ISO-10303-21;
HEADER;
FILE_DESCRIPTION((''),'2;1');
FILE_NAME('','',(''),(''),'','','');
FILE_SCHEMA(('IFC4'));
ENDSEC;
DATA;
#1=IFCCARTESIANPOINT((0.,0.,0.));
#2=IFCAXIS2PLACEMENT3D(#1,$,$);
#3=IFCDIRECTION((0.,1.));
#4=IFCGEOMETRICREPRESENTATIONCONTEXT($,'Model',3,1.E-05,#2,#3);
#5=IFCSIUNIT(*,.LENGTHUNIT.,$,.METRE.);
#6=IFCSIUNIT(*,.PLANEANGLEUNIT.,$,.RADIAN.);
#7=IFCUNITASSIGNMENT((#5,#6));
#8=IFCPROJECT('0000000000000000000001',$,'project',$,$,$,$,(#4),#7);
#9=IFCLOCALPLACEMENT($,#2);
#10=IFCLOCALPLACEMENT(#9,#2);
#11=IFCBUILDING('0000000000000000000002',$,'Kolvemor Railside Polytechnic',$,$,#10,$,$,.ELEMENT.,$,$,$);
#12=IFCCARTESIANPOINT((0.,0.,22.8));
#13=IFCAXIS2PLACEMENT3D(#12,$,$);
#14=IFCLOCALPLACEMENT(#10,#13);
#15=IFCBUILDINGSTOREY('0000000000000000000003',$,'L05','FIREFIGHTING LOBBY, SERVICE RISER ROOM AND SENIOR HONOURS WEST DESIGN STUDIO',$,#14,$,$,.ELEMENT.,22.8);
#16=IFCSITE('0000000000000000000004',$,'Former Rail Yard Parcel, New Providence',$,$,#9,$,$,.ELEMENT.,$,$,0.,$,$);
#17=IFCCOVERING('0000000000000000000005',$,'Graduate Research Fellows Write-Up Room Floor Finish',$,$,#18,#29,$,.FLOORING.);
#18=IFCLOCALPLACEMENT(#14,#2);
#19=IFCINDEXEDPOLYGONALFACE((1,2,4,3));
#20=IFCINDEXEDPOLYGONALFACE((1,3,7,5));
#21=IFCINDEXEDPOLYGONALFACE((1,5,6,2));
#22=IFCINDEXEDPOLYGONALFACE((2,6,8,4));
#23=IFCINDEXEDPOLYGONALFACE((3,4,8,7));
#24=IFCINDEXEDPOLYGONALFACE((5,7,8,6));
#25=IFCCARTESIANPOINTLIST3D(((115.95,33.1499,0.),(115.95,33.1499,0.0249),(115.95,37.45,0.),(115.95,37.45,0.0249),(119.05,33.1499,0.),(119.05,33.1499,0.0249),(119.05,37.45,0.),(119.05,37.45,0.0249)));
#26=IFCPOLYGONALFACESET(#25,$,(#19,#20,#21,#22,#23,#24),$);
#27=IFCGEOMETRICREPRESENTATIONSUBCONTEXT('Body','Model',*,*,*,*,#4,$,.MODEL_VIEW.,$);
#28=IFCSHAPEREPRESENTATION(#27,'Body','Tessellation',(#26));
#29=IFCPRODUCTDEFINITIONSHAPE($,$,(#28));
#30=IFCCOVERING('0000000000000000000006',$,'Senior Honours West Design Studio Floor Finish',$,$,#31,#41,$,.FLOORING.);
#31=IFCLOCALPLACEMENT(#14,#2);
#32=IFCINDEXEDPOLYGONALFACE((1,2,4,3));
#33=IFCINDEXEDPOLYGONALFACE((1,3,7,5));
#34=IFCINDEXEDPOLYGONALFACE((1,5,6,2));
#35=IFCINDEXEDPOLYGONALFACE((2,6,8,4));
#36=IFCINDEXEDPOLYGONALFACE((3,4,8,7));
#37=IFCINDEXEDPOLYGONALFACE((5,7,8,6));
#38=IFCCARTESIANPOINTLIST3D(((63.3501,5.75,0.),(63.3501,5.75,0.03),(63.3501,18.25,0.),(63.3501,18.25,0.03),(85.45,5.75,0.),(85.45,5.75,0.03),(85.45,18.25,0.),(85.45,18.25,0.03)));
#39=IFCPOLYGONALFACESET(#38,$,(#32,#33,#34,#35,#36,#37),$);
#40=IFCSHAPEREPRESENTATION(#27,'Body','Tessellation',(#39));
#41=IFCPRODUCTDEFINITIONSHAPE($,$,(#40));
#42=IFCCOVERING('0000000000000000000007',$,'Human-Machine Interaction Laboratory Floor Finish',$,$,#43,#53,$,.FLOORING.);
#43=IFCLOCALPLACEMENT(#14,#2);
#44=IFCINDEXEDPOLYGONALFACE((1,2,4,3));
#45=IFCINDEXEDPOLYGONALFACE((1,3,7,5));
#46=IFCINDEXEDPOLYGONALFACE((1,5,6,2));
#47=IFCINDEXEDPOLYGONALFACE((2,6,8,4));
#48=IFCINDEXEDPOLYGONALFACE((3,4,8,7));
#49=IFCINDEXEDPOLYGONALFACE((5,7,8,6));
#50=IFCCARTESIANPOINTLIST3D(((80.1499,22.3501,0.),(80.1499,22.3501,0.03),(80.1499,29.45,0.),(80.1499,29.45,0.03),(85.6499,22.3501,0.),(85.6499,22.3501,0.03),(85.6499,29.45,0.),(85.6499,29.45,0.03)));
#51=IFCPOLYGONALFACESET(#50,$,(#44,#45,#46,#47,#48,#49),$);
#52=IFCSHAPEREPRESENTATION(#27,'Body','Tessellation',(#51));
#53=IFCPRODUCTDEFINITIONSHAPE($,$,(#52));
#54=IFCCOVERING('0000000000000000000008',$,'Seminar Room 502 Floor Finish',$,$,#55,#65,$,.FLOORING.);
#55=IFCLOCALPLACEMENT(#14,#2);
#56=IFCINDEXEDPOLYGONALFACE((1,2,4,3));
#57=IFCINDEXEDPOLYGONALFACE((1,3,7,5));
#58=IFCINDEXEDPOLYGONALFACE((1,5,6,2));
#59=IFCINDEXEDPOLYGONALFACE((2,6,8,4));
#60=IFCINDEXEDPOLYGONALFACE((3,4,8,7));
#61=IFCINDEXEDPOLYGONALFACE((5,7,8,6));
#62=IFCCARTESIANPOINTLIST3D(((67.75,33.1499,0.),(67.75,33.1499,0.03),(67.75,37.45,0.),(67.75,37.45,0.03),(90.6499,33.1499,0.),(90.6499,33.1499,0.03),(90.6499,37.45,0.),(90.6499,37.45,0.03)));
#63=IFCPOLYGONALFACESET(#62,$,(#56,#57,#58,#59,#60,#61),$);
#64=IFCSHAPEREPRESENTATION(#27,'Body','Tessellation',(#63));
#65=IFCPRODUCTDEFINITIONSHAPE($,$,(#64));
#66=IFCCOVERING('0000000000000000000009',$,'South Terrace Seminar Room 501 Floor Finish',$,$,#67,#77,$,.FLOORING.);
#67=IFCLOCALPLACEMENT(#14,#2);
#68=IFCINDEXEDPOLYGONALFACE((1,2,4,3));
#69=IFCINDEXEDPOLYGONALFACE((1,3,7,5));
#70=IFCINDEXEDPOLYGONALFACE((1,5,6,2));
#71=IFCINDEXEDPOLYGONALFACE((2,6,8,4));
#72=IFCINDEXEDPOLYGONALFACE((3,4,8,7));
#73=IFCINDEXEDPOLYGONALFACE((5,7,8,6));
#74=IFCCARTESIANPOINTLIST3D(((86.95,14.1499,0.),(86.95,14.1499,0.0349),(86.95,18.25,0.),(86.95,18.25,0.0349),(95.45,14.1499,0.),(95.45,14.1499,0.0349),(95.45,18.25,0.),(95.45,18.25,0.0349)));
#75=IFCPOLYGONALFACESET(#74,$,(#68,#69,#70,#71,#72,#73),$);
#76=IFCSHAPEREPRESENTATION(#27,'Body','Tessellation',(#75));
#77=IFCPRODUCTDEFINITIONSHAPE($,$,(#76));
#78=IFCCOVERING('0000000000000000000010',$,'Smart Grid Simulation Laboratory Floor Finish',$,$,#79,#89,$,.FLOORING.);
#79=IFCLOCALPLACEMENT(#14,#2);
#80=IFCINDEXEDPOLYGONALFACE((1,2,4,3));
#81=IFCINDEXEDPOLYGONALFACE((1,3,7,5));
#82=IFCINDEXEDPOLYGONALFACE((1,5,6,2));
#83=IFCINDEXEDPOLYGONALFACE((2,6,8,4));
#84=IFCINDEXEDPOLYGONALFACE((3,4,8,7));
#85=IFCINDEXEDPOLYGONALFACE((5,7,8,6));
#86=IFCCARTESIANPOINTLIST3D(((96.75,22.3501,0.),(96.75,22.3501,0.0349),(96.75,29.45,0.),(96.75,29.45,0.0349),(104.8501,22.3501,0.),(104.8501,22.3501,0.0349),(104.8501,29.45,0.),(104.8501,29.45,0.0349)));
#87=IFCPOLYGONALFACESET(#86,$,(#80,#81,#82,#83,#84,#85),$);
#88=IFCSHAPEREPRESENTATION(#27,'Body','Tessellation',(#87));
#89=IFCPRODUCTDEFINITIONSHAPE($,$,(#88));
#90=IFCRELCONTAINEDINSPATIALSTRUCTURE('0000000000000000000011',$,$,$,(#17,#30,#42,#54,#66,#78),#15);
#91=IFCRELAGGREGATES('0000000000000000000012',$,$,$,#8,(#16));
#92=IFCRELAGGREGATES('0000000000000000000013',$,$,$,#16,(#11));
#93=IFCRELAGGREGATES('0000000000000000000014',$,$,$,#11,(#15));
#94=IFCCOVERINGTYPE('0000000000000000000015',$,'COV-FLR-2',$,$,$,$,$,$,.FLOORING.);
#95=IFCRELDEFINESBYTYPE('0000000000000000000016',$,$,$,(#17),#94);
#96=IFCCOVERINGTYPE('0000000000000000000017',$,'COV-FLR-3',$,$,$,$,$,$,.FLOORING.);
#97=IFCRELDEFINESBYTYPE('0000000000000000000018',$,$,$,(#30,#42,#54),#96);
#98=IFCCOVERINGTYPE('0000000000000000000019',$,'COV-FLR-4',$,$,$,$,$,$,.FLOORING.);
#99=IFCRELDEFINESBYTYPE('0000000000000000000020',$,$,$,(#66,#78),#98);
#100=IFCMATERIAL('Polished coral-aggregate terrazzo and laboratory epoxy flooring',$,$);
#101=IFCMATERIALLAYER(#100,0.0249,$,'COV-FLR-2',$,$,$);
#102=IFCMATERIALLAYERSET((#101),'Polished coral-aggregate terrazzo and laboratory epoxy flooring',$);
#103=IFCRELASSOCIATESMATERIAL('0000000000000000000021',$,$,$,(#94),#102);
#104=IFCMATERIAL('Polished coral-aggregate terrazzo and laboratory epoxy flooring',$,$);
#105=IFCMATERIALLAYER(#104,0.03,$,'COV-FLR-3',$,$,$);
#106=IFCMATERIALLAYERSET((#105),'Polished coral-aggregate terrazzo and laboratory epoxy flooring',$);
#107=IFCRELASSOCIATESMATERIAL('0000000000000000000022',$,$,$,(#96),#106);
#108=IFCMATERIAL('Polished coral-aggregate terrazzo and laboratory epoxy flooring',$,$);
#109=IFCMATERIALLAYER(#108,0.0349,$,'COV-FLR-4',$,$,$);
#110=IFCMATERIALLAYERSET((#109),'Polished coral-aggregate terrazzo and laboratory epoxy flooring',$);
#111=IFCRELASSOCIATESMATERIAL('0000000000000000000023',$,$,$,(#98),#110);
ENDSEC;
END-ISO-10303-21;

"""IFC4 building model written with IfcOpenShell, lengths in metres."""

from ifc_helpers import new_model, si_unit, direction, frame, origin, place, context, subcontext, project, spatial, polyline, outline, extrude, material, layer, layer_set, type_object, element, save


model = new_model("IFC4")

# Units and contexts
model_context = context("Model", 3, precision=1e-05, world=origin(), true_north=direction((0.0, 1.0)))
body_context = subcontext(model_context, "Body", "Model", "MODEL_VIEW")
ifc_project = project(units=[si_unit("LENGTHUNIT", "METRE"), si_unit("PLANEANGLEUNIT", "RADIAN")], contexts=[model_context])

# Site, building, storey
site_placement = place(None, origin())
site = spatial("IfcSite", under=ifc_project, at=site_placement, Name="Former Rail Yard Parcel, New Providence", CompositionType="ELEMENT", RefElevation=0.0)
building_placement = place(site_placement, origin())
building = spatial("IfcBuilding", under=site, at=building_placement, Name="Kolvemor Railside Polytechnic", CompositionType="ELEMENT")
storey_placement = place(building_placement, frame((0.0, 0.0, 22.8)))
storey = spatial("IfcBuildingStorey", under=building, at=storey_placement, Name="L05", Description="FIREFIGHTING LOBBY, SERVICE RISER ROOM AND SENIOR HONOURS WEST DESIGN STUDIO", CompositionType="ELEMENT", Elevation=22.8)

# Coverings
ifc_material_1 = material(Name="Polished coral-aggregate terrazzo and laboratory epoxy flooring")
ifc_layer_1 = layer(ifc_material_1, 0.0249, Name="COV-FLR-2")
ifc_layer_set_1 = layer_set([ifc_layer_1], Name="Polished coral-aggregate terrazzo and laboratory epoxy flooring")
covering_type_1 = type_object("IfcCoveringType", Name="COV-FLR-2", PredefinedType="FLOORING", material=ifc_layer_set_1)
covering_1_placement = place(storey_placement, origin())
element("IfcCovering", 1, at=covering_1_placement, inside=storey, type_object=covering_type_1, Name="Graduate Research Fellows Write-Up Room Floor Finish", PredefinedType="FLOORING", context=body_context, shape_type="SweptSolid", body=[
    extrude(outline(polyline([(115.95, 33.1499), (119.05, 33.1499), (119.05, 37.45), (115.95, 37.45), (115.95, 33.1499)])), origin(), (0.0, 0.0, 1.0), 0.0249),
])
ifc_material_2 = material(Name="Polished coral-aggregate terrazzo and laboratory epoxy flooring")
ifc_layer_2 = layer(ifc_material_2, 0.03, Name="COV-FLR-3")
ifc_layer_set_2 = layer_set([ifc_layer_2], Name="Polished coral-aggregate terrazzo and laboratory epoxy flooring")
covering_type_2 = type_object("IfcCoveringType", Name="COV-FLR-3", PredefinedType="FLOORING", material=ifc_layer_set_2)
covering_2_placement = place(storey_placement, origin())
element("IfcCovering", 2, at=covering_2_placement, inside=storey, type_object=covering_type_2, Name="Senior Honours West Design Studio Floor Finish", PredefinedType="FLOORING", context=body_context, shape_type="SweptSolid", body=[
    extrude(outline(polyline([(63.3501, 5.75), (85.45, 5.75), (85.45, 18.25), (63.3501, 18.25), (63.3501, 5.75)])), origin(), (0.0, 0.0, 1.0), 0.03),
])
covering_3_placement = place(storey_placement, origin())
element("IfcCovering", 3, at=covering_3_placement, inside=storey, type_object=covering_type_2, Name="Human-Machine Interaction Laboratory Floor Finish", PredefinedType="FLOORING", context=body_context, shape_type="SweptSolid", body=[
    extrude(outline(polyline([(80.1499, 22.3501), (85.6499, 22.3501), (85.6499, 29.45), (80.1499, 29.45), (80.1499, 22.3501)])), origin(), (0.0, 0.0, 1.0), 0.03),
])
covering_4_placement = place(storey_placement, origin())
element("IfcCovering", 4, at=covering_4_placement, inside=storey, type_object=covering_type_2, Name="Seminar Room 502 Floor Finish", PredefinedType="FLOORING", context=body_context, shape_type="SweptSolid", body=[
    extrude(outline(polyline([(67.75, 33.1499), (90.6499, 33.1499), (90.6499, 37.45), (67.75, 37.45), (67.75, 33.1499)])), origin(), (0.0, 0.0, 1.0), 0.03),
])
ifc_material_3 = material(Name="Polished coral-aggregate terrazzo and laboratory epoxy flooring")
ifc_layer_3 = layer(ifc_material_3, 0.0349, Name="COV-FLR-4")
ifc_layer_set_3 = layer_set([ifc_layer_3], Name="Polished coral-aggregate terrazzo and laboratory epoxy flooring")
covering_type_3 = type_object("IfcCoveringType", Name="COV-FLR-4", PredefinedType="FLOORING", material=ifc_layer_set_3)
covering_5_placement = place(storey_placement, origin())
element("IfcCovering", 5, at=covering_5_placement, inside=storey, type_object=covering_type_3, Name="South Terrace Seminar Room 501 Floor Finish", PredefinedType="FLOORING", context=body_context, shape_type="SweptSolid", body=[
    extrude(outline(polyline([(86.95, 14.1499), (95.45, 14.1499), (95.45, 18.25), (86.95, 18.25), (86.95, 14.1499)])), origin(), (0.0, 0.0, 1.0), 0.0349),
])
covering_6_placement = place(storey_placement, origin())
element("IfcCovering", 6, at=covering_6_placement, inside=storey, type_object=covering_type_3, Name="Smart Grid Simulation Laboratory Floor Finish", PredefinedType="FLOORING", context=body_context, shape_type="SweptSolid", body=[
    extrude(outline(polyline([(96.75, 22.3501), (104.8501, 22.3501), (104.8501, 29.45), (96.75, 29.45), (96.75, 22.3501)])), origin(), (0.0, 0.0, 1.0), 0.0349),
])

save(model, "model.ifc")
